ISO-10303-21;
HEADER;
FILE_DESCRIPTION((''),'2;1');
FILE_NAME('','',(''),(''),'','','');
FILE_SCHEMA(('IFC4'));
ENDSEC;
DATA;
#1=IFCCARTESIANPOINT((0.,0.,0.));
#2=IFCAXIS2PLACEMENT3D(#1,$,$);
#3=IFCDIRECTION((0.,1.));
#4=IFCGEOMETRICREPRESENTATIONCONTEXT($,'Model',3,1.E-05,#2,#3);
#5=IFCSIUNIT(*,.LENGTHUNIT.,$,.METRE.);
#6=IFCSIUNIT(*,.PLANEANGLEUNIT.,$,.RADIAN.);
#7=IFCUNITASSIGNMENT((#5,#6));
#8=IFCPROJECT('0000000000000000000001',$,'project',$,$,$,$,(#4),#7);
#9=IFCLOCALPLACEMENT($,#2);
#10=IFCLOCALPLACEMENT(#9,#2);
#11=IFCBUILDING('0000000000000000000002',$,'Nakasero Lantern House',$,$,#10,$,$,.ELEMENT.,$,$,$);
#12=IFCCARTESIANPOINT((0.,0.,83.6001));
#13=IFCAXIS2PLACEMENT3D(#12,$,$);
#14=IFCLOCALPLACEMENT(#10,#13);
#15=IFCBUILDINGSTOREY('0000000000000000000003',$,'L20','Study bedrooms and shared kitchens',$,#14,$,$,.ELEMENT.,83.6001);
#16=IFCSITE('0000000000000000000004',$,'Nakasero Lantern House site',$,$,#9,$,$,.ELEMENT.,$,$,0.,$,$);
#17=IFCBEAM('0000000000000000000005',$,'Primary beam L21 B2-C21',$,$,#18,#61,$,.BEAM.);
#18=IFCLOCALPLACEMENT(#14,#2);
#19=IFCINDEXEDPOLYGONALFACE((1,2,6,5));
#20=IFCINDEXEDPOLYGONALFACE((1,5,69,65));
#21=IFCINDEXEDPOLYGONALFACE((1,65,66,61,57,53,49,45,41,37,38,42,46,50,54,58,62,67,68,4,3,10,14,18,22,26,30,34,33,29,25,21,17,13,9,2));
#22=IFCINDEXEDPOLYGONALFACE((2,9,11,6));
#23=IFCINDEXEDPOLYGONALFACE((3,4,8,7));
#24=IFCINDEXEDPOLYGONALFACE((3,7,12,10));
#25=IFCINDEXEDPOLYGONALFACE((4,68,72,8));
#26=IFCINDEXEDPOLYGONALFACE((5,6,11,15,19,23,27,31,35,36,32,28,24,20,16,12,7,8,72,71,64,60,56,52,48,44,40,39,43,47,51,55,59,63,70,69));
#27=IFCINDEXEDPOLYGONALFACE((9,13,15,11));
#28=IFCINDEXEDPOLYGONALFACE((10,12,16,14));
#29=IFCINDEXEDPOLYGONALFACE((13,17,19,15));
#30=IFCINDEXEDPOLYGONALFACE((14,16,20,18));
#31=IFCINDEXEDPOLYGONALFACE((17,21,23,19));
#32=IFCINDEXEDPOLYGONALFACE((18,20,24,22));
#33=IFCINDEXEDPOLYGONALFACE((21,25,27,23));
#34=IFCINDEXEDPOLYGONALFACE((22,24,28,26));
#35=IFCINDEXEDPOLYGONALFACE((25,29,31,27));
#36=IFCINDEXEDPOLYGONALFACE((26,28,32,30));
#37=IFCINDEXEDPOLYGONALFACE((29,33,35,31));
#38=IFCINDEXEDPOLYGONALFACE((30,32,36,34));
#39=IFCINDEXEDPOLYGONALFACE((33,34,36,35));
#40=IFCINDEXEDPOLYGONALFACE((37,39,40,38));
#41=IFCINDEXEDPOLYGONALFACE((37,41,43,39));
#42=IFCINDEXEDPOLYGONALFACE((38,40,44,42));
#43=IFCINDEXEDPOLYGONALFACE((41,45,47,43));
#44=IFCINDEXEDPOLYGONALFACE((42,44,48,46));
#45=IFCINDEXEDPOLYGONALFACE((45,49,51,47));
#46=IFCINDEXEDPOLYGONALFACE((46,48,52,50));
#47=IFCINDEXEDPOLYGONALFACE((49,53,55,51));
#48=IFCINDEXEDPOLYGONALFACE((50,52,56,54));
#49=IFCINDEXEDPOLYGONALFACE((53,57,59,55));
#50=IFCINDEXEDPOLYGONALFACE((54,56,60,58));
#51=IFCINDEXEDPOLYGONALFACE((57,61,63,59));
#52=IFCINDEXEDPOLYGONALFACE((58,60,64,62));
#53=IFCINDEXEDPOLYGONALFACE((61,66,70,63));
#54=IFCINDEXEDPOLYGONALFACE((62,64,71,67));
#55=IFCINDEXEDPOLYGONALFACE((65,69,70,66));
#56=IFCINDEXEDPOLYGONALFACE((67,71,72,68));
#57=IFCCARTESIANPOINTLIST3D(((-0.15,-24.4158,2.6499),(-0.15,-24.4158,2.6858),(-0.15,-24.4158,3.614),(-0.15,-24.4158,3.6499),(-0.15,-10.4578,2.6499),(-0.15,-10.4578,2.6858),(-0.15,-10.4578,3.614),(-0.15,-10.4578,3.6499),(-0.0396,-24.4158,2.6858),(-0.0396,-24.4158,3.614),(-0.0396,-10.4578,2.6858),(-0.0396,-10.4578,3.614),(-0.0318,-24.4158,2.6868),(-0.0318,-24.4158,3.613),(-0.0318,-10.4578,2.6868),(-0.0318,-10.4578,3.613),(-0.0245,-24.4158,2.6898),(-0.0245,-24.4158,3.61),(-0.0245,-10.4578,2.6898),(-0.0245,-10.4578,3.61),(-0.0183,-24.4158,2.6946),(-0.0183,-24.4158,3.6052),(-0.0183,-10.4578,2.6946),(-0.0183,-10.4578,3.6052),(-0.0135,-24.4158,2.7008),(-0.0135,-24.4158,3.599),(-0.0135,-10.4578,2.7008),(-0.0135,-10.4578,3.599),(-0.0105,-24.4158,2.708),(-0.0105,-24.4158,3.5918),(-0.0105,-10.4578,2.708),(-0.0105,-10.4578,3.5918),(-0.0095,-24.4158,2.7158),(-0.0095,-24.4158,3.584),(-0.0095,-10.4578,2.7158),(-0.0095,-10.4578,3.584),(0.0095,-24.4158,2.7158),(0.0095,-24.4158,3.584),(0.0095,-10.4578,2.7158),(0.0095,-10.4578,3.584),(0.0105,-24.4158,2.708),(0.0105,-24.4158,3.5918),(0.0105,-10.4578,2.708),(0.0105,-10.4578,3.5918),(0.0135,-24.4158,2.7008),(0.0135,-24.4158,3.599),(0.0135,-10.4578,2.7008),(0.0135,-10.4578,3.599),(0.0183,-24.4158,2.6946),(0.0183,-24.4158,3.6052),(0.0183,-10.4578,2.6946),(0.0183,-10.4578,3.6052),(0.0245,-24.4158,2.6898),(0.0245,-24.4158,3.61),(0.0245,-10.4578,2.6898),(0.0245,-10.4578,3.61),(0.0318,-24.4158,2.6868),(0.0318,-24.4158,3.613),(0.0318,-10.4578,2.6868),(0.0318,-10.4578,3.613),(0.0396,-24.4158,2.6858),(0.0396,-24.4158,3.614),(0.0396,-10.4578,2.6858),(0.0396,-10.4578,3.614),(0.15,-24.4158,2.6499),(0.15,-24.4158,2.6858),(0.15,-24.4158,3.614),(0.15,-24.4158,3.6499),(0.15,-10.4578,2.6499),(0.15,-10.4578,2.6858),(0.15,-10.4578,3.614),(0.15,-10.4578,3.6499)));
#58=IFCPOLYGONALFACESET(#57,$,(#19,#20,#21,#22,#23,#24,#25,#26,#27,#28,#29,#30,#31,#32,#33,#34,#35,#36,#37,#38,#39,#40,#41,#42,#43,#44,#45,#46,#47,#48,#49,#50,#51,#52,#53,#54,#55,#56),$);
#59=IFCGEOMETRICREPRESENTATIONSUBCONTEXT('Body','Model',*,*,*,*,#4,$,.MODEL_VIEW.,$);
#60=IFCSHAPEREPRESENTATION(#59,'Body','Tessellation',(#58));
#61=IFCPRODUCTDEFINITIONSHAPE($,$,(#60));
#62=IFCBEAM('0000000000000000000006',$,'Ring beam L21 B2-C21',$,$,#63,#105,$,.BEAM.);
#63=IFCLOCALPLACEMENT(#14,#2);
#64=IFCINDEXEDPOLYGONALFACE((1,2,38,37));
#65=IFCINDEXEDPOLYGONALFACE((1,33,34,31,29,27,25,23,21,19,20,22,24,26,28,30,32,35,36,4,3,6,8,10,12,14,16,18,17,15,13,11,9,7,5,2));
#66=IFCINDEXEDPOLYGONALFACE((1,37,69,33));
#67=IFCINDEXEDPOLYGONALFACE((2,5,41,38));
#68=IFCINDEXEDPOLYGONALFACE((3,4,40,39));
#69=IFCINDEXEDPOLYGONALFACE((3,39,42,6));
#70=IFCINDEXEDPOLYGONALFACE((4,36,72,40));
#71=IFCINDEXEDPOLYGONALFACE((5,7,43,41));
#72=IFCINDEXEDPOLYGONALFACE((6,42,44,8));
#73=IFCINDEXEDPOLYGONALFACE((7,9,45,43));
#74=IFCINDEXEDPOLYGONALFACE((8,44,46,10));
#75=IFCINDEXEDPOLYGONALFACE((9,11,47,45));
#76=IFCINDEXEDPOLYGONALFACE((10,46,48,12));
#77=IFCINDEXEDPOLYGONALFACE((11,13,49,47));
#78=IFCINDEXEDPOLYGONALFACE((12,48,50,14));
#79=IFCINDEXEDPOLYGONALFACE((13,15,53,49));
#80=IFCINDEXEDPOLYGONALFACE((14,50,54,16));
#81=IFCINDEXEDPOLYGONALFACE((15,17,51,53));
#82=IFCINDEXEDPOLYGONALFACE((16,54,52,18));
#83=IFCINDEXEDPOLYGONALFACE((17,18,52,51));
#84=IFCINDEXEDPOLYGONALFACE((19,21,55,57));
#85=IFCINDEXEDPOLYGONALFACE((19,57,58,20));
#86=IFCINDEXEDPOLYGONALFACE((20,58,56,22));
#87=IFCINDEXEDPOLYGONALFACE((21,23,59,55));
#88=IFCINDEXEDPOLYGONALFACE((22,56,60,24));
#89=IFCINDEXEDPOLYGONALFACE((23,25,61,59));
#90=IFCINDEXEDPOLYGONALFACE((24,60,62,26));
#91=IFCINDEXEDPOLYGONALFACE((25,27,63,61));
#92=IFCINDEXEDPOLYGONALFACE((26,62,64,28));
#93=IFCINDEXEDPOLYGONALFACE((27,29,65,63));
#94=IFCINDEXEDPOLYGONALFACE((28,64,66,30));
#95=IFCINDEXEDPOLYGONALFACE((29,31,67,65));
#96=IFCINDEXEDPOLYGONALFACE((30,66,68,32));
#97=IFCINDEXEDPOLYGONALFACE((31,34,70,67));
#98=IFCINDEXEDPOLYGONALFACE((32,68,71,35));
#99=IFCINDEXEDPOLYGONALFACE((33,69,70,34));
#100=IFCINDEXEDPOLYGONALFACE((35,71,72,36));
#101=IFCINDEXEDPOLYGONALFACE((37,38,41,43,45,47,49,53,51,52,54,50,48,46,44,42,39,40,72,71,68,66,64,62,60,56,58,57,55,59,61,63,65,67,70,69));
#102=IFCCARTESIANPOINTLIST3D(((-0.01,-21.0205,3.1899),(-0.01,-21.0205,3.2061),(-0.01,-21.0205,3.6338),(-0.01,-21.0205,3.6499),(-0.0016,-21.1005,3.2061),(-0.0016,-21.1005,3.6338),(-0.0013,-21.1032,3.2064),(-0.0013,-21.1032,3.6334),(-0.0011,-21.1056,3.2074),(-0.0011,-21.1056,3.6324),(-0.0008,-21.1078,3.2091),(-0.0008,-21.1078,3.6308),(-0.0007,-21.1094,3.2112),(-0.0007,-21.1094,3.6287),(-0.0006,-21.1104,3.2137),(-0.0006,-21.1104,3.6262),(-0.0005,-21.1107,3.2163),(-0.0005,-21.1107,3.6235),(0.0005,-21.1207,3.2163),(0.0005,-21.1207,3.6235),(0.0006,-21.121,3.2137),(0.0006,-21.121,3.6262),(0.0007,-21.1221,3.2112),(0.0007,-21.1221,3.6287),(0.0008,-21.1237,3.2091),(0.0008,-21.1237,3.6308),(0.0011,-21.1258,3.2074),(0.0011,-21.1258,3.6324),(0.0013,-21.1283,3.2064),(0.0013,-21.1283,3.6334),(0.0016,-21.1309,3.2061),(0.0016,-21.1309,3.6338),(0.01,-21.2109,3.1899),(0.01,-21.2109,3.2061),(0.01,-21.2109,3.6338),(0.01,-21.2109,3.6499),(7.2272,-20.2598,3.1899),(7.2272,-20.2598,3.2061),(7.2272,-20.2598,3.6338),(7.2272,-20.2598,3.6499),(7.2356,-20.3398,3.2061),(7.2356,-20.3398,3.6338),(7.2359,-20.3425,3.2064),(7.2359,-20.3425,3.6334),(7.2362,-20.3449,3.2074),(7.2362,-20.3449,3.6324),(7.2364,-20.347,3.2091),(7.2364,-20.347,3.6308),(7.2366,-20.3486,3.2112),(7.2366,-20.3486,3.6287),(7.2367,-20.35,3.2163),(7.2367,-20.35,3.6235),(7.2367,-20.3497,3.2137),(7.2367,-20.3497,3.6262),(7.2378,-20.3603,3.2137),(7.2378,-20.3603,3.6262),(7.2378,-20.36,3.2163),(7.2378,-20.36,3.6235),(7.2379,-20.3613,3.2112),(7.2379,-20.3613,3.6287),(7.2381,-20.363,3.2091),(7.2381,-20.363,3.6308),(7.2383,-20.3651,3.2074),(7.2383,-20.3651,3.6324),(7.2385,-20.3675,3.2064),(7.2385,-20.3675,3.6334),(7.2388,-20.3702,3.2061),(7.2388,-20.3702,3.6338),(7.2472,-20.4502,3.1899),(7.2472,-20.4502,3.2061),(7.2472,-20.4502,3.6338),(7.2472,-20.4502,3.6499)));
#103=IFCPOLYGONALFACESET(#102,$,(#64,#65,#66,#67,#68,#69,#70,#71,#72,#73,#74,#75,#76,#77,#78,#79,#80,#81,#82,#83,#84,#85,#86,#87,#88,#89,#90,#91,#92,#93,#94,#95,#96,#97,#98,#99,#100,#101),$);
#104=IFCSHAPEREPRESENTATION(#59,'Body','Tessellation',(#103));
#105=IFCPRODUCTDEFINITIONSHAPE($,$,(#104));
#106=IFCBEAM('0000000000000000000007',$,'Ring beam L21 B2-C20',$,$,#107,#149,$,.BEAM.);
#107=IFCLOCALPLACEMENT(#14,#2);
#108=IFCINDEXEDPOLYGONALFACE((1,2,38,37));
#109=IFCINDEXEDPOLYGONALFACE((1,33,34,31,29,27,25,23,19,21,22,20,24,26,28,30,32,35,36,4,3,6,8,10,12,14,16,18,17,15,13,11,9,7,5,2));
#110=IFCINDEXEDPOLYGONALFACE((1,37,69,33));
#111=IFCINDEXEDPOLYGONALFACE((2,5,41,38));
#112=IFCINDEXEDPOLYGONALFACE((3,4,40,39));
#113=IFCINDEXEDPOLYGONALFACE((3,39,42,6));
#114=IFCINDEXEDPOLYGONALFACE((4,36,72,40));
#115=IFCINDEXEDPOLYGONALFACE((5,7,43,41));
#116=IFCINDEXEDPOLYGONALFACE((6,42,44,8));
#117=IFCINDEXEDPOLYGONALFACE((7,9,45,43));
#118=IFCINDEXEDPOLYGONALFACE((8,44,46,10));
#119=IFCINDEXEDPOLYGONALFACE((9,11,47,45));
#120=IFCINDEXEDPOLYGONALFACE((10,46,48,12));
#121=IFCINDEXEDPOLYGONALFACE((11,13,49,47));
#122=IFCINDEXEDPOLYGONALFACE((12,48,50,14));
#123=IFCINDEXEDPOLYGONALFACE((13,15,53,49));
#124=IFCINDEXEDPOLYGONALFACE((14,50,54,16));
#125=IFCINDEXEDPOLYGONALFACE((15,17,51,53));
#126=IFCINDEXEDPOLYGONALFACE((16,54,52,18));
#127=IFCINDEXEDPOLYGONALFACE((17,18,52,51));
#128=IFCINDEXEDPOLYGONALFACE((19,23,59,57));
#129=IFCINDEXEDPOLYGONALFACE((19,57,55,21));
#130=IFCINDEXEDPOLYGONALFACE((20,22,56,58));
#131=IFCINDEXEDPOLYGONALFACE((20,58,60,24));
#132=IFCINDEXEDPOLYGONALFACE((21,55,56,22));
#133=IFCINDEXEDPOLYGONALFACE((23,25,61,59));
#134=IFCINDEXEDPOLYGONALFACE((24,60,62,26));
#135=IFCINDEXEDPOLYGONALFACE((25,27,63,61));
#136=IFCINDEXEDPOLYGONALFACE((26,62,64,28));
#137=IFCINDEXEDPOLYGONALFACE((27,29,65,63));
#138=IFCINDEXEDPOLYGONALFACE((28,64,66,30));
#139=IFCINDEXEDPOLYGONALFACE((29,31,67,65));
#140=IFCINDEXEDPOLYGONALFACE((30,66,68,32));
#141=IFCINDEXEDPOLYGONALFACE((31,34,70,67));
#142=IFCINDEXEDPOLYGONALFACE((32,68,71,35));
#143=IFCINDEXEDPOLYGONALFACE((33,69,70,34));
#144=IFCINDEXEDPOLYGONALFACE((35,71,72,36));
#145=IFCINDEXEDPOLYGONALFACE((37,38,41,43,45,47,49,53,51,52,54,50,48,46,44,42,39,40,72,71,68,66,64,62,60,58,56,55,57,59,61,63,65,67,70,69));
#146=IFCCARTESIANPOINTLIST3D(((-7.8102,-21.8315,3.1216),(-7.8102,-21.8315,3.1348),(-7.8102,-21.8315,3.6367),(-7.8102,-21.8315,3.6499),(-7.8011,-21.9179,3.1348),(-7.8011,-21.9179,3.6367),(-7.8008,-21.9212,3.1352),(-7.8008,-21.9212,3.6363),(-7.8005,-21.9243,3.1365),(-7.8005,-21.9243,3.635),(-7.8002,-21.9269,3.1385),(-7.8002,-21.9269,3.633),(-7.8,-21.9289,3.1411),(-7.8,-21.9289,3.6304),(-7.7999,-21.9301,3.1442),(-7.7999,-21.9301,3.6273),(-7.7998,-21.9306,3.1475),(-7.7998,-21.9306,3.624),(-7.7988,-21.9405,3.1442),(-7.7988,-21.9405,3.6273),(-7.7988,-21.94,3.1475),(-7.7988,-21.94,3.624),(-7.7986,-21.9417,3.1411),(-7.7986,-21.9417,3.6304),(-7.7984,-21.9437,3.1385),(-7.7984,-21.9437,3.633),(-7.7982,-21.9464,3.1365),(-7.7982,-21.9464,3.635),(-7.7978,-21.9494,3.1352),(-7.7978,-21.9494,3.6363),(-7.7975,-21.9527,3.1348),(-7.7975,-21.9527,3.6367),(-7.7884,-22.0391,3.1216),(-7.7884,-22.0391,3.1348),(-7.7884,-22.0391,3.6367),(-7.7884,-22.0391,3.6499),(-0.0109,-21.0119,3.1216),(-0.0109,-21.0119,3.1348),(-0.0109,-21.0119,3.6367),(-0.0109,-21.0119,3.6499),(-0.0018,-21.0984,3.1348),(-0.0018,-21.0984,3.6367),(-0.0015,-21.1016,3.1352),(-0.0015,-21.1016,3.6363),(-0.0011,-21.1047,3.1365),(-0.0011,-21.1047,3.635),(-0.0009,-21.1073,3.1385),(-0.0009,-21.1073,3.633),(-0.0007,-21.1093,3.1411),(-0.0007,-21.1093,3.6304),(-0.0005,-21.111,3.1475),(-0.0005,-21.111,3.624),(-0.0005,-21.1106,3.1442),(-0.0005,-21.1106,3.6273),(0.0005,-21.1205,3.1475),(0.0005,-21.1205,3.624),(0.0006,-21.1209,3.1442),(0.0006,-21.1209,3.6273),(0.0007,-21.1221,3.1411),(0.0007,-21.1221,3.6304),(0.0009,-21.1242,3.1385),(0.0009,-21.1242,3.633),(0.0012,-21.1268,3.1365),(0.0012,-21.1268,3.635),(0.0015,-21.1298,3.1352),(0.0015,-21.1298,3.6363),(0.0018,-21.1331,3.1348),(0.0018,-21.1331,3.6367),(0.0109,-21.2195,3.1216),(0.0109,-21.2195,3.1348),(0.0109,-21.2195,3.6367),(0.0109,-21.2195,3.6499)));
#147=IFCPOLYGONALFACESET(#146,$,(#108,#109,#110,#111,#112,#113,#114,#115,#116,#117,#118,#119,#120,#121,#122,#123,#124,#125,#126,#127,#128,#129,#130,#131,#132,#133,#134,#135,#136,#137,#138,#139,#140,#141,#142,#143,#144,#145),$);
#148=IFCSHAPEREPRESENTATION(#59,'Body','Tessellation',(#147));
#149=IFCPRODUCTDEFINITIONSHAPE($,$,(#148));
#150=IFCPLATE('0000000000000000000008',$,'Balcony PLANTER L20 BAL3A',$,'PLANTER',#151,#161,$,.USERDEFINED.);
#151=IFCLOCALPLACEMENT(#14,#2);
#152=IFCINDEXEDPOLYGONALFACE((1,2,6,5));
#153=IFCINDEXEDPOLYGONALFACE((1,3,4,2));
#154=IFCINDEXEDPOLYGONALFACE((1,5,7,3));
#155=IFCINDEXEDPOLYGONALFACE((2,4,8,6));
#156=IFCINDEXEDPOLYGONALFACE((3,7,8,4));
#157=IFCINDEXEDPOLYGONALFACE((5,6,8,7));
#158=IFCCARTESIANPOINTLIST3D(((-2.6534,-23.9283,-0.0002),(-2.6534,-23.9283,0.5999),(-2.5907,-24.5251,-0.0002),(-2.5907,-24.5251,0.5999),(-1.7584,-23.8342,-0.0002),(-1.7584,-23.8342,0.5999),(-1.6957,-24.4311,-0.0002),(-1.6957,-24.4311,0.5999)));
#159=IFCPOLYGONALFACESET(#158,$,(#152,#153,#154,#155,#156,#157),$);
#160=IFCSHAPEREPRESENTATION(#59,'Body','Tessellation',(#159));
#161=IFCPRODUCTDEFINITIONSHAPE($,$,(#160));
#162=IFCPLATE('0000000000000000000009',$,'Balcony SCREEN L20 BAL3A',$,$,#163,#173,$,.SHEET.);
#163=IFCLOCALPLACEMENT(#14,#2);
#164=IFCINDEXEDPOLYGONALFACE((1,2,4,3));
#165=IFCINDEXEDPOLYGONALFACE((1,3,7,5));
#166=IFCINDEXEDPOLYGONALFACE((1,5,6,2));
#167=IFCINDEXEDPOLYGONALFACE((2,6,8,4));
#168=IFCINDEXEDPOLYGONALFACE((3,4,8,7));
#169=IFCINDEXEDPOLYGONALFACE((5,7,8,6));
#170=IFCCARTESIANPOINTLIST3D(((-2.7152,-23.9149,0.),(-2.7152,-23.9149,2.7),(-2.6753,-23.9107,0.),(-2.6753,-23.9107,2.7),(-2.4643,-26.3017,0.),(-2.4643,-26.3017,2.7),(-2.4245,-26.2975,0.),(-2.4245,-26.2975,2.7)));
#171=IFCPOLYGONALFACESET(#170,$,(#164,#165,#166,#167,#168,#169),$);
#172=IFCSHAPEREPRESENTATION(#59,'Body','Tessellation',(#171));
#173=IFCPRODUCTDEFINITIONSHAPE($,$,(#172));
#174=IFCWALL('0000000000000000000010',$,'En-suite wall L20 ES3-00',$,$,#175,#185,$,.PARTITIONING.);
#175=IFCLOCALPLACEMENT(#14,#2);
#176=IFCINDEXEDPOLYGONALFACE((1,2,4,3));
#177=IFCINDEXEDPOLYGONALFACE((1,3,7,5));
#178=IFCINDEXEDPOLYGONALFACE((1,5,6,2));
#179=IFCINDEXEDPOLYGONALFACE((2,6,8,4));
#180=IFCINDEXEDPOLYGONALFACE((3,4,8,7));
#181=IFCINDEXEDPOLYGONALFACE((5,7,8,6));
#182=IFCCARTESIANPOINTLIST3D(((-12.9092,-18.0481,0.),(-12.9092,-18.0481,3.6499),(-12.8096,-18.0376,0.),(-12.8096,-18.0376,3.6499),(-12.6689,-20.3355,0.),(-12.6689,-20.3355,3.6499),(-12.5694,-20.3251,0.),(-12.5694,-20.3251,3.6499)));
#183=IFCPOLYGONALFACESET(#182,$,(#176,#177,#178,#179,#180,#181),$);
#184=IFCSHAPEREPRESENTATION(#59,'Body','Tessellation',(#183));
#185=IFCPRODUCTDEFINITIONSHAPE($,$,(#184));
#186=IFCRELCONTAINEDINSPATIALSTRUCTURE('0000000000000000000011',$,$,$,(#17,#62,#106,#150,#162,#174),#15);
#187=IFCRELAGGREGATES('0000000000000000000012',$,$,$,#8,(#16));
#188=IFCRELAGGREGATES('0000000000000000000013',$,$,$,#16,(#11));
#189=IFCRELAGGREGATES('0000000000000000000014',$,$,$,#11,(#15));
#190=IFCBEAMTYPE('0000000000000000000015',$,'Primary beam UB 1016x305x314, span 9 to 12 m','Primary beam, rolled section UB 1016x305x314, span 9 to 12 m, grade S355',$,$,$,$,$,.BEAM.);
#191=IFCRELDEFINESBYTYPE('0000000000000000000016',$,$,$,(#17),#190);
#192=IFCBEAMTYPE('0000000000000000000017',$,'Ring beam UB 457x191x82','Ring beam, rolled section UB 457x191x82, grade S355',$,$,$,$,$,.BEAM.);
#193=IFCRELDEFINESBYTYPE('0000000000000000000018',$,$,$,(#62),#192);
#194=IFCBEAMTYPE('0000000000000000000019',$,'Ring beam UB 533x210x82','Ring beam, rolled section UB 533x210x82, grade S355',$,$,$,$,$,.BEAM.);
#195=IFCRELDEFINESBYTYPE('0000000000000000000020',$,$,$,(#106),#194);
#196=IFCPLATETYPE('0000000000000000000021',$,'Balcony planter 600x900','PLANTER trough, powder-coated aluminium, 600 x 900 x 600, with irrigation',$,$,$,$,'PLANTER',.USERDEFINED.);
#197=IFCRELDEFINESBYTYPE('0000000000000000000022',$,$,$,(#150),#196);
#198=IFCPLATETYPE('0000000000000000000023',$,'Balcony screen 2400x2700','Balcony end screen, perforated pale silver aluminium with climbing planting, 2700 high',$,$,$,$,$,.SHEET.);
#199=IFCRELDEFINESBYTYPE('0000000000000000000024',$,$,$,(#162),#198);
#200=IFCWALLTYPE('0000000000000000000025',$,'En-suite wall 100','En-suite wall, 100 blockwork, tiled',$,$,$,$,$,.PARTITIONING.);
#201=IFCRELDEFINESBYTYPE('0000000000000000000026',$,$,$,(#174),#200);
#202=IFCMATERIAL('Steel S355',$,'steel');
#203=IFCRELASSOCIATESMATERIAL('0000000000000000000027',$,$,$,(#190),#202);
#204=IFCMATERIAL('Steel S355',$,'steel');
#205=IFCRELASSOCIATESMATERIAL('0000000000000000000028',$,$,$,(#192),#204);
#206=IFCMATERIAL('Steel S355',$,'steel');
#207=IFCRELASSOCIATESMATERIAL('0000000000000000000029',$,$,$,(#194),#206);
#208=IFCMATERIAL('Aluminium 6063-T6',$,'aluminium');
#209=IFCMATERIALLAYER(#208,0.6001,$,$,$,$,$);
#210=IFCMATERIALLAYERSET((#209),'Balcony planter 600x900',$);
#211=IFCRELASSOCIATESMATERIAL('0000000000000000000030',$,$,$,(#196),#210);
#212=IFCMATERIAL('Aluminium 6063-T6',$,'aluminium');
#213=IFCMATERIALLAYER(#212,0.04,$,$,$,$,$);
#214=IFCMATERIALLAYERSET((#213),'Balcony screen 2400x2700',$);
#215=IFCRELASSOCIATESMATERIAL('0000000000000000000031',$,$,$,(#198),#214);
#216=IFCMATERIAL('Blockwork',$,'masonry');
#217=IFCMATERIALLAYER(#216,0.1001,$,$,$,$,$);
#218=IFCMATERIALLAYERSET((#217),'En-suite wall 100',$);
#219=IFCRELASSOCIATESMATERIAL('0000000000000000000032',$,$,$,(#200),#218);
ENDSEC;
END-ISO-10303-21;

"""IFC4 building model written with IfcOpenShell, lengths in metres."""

from ifc_helpers import new_model, si_unit, direction, frame, frame_2d, origin, origin_2d, place, context, subcontext, project, spatial, rectangle, i_section, extrude, material, layer, layer_set, material_profile, profile_set, type_object, element, save


model = new_model("IFC4")

# Units and contexts
model_context = context("Model", 3, precision=1e-05, world=origin(), true_north=direction((0.0, 1.0)))
body_context = subcontext(model_context, "Body", "Model", "MODEL_VIEW")
ifc_project = project(units=[si_unit("LENGTHUNIT", "METRE"), si_unit("PLANEANGLEUNIT", "RADIAN")], contexts=[model_context])

# Site, building, storey
site_placement = place(None, origin())
site = spatial("IfcSite", under=ifc_project, at=site_placement, Name="Nakasero Lantern House site", CompositionType="ELEMENT", RefElevation=0.0)
building_placement = place(site_placement, origin())
building = spatial("IfcBuilding", under=site, at=building_placement, Name="Nakasero Lantern House", CompositionType="ELEMENT")
storey_placement = place(building_placement, frame((0.0, 0.0, 83.6001)))
storey = spatial("IfcBuildingStorey", under=building, at=storey_placement, Name="L20", Description="Study bedrooms and shared kitchens", CompositionType="ELEMENT", Elevation=83.6001)

# Beams
ifc_material_1 = material(Name="Steel S355", Category="steel")
ifc_material_profile_1 = material_profile(ifc_material_1, i_section(OverallWidth=0.3, OverallDepth=1.0, WebThickness=0.019, FlangeThickness=0.0359, FilletRadius=0.03, at=origin_2d()), Name="UB 1016x305x314")
ifc_profile_set_1 = profile_set([ifc_material_profile_1], Name="Steel S355")
beam_type_1 = type_object("IfcBeamType", Name="Primary beam UB 1016x305x314, span 9 to 12 m", Description="Primary beam, rolled section UB 1016x305x314, span 9 to 12 m, grade S355", PredefinedType="BEAM", material=ifc_profile_set_1)
beam_1_placement = place(storey_placement, frame((0.0, -24.4158, 3.1499), z_axis=(0.0, 1.0, 0.0), x_axis=(-1.0, 0.0, 0.0)))
element("IfcBeam", 1, at=beam_1_placement, inside=storey, type_object=beam_type_1, Name="Primary beam L21 B2-C21", PredefinedType="BEAM", context=body_context, shape_type="SweptSolid", body=[
    extrude(i_section(OverallWidth=0.3, OverallDepth=1.0, WebThickness=0.019, FlangeThickness=0.0359, FilletRadius=0.03, at=origin_2d()), origin(), (0.0, 0.0, 1.0), 13.958),
])
ifc_material_2 = material(Name="Steel S355", Category="steel")
ifc_material_profile_2 = material_profile(ifc_material_2, i_section(OverallWidth=0.1914, OverallDepth=0.46, WebThickness=0.01, FlangeThickness=0.0161, FilletRadius=0.0103, at=origin_2d()), Name="UB 457x191x82")
ifc_profile_set_2 = profile_set([ifc_material_profile_2], Name="Steel S355")
beam_type_2 = type_object("IfcBeamType", Name="Ring beam UB 457x191x82", Description="Ring beam, rolled section UB 457x191x82, grade S355", PredefinedType="BEAM", material=ifc_profile_set_2)
beam_2_placement = place(storey_placement, frame((0.0, -21.1157, 3.4199), z_axis=(0.994521, 0.104538, 0.0), x_axis=(-0.104538, 0.994521, 0.0)))
element("IfcBeam", 2, at=beam_2_placement, inside=storey, type_object=beam_type_2, Name="Ring beam L21 B2-C21", PredefinedType="BEAM", context=body_context, shape_type="SweptSolid", body=[
    extrude(i_section(OverallWidth=0.1914, OverallDepth=0.46, WebThickness=0.01, FlangeThickness=0.0161, FilletRadius=0.0103, at=origin_2d()), origin(), (0.0, 0.0, 1.0), 7.2771),
])
ifc_material_3 = material(Name="Steel S355", Category="steel")
ifc_material_profile_3 = material_profile(ifc_material_3, i_section(OverallWidth=0.2087, OverallDepth=0.5283, WebThickness=0.0095, FlangeThickness=0.0132, FilletRadius=0.0127, at=origin_2d()), Name="UB 533x210x82")
ifc_profile_set_3 = profile_set([ifc_material_profile_3], Name="Steel S355")
beam_type_3 = type_object("IfcBeamType", Name="Ring beam UB 533x210x82", Description="Ring beam, rolled section UB 533x210x82, grade S355", PredefinedType="BEAM", material=ifc_profile_set_3)
beam_3_placement = place(storey_placement, frame((-7.7993, -21.9353, 3.3857), z_axis=(0.994524, 0.104508, 0.0), x_axis=(-0.104508, 0.994524, 0.0)))
element("IfcBeam", 3, at=beam_3_placement, inside=storey, type_object=beam_type_3, Name="Ring beam L21 B2-C20", PredefinedType="BEAM", context=body_context, shape_type="SweptSolid", body=[
    extrude(i_section(OverallWidth=0.2087, OverallDepth=0.5283, WebThickness=0.0095, FlangeThickness=0.0132, FilletRadius=0.0127, at=origin_2d()), origin(), (0.0, 0.0, 1.0), 7.8423),
])

# Plates
ifc_material_4 = material(Name="Aluminium 6063-T6", Category="aluminium")
ifc_layer_1 = layer(ifc_material_4, 0.6001)
ifc_layer_set_1 = layer_set([ifc_layer_1], Name="Balcony planter 600x900")
plate_type_1 = type_object("IfcPlateType", Name="Balcony planter 600x900", Description="PLANTER trough, powder-coated aluminium, 600 x 900 x 600, with irrigation", ElementType="PLANTER", PredefinedType="USERDEFINED", material=ifc_layer_set_1)
plate_1_placement = place(storey_placement, frame((-2.1746, -24.1797, -0.0002), z_axis=(0.0, 0.0, 1.0), x_axis=(0.104528, -0.994522, 0.0)))
element("IfcPlate", 4, at=plate_1_placement, inside=storey, type_object=plate_type_1, Name="Balcony PLANTER L20 BAL3A", ObjectType="PLANTER", PredefinedType="USERDEFINED", context=body_context, shape_type="SweptSolid", body=[
    extrude(rectangle(XDim=0.6001, YDim=0.8999, at=origin_2d()), origin(), (0.0, 0.0, 1.0), 0.6001),
])
ifc_material_5 = material(Name="Aluminium 6063-T6", Category="aluminium")
ifc_layer_2 = layer(ifc_material_5, 0.04)
ifc_layer_set_2 = layer_set([ifc_layer_2], Name="Balcony screen 2400x2700")
plate_type_2 = type_object("IfcPlateType", Name="Balcony screen 2400x2700", Description="Balcony end screen, perforated pale silver aluminium with climbing planting, 2700 high", PredefinedType="SHEET", material=ifc_layer_set_2)
plate_2_placement = place(storey_placement, frame((-2.5698, -25.1062, 0.0), z_axis=(0.0, 0.0, 1.0), x_axis=(0.104528, -0.994522, 0.0)))
element("IfcPlate", 5, at=plate_2_placement, inside=storey, type_object=plate_type_2, Name="Balcony SCREEN L20 BAL3A", PredefinedType="SHEET", context=body_context, shape_type="SweptSolid", body=[
    extrude(rectangle(XDim=2.3999, YDim=0.04, at=origin_2d()), origin(), (0.0, 0.0, 1.0), 2.7),
])

# Wall
ifc_material_6 = material(Name="Blockwork", Category="masonry")
ifc_layer_3 = layer(ifc_material_6, 0.1001)
ifc_layer_set_3 = layer_set([ifc_layer_3], Name="En-suite wall 100")
wall_type_1 = type_object("IfcWallType", Name="En-suite wall 100", Description="En-suite wall, 100 blockwork, tiled", PredefinedType="PARTITIONING", material=ifc_layer_set_3)
wall_1_placement = place(storey_placement, frame((-12.8594, -18.043, 0.0), z_axis=(0.0, 0.0, 1.0), x_axis=(0.104453, -0.99453, 0.0)))
element("IfcWall", 6, at=wall_1_placement, inside=storey, type_object=wall_type_1, Name="En-suite wall L20 ES3-00", PredefinedType="PARTITIONING", context=body_context, shape_type="SweptSolid", body=[
    extrude(rectangle(XDim=2.3, YDim=0.1001, at=frame_2d((1.1499, 0.0))), origin(), (0.0, 0.0, 1.0), 3.6499),
])

save(model, "model.ifc")
